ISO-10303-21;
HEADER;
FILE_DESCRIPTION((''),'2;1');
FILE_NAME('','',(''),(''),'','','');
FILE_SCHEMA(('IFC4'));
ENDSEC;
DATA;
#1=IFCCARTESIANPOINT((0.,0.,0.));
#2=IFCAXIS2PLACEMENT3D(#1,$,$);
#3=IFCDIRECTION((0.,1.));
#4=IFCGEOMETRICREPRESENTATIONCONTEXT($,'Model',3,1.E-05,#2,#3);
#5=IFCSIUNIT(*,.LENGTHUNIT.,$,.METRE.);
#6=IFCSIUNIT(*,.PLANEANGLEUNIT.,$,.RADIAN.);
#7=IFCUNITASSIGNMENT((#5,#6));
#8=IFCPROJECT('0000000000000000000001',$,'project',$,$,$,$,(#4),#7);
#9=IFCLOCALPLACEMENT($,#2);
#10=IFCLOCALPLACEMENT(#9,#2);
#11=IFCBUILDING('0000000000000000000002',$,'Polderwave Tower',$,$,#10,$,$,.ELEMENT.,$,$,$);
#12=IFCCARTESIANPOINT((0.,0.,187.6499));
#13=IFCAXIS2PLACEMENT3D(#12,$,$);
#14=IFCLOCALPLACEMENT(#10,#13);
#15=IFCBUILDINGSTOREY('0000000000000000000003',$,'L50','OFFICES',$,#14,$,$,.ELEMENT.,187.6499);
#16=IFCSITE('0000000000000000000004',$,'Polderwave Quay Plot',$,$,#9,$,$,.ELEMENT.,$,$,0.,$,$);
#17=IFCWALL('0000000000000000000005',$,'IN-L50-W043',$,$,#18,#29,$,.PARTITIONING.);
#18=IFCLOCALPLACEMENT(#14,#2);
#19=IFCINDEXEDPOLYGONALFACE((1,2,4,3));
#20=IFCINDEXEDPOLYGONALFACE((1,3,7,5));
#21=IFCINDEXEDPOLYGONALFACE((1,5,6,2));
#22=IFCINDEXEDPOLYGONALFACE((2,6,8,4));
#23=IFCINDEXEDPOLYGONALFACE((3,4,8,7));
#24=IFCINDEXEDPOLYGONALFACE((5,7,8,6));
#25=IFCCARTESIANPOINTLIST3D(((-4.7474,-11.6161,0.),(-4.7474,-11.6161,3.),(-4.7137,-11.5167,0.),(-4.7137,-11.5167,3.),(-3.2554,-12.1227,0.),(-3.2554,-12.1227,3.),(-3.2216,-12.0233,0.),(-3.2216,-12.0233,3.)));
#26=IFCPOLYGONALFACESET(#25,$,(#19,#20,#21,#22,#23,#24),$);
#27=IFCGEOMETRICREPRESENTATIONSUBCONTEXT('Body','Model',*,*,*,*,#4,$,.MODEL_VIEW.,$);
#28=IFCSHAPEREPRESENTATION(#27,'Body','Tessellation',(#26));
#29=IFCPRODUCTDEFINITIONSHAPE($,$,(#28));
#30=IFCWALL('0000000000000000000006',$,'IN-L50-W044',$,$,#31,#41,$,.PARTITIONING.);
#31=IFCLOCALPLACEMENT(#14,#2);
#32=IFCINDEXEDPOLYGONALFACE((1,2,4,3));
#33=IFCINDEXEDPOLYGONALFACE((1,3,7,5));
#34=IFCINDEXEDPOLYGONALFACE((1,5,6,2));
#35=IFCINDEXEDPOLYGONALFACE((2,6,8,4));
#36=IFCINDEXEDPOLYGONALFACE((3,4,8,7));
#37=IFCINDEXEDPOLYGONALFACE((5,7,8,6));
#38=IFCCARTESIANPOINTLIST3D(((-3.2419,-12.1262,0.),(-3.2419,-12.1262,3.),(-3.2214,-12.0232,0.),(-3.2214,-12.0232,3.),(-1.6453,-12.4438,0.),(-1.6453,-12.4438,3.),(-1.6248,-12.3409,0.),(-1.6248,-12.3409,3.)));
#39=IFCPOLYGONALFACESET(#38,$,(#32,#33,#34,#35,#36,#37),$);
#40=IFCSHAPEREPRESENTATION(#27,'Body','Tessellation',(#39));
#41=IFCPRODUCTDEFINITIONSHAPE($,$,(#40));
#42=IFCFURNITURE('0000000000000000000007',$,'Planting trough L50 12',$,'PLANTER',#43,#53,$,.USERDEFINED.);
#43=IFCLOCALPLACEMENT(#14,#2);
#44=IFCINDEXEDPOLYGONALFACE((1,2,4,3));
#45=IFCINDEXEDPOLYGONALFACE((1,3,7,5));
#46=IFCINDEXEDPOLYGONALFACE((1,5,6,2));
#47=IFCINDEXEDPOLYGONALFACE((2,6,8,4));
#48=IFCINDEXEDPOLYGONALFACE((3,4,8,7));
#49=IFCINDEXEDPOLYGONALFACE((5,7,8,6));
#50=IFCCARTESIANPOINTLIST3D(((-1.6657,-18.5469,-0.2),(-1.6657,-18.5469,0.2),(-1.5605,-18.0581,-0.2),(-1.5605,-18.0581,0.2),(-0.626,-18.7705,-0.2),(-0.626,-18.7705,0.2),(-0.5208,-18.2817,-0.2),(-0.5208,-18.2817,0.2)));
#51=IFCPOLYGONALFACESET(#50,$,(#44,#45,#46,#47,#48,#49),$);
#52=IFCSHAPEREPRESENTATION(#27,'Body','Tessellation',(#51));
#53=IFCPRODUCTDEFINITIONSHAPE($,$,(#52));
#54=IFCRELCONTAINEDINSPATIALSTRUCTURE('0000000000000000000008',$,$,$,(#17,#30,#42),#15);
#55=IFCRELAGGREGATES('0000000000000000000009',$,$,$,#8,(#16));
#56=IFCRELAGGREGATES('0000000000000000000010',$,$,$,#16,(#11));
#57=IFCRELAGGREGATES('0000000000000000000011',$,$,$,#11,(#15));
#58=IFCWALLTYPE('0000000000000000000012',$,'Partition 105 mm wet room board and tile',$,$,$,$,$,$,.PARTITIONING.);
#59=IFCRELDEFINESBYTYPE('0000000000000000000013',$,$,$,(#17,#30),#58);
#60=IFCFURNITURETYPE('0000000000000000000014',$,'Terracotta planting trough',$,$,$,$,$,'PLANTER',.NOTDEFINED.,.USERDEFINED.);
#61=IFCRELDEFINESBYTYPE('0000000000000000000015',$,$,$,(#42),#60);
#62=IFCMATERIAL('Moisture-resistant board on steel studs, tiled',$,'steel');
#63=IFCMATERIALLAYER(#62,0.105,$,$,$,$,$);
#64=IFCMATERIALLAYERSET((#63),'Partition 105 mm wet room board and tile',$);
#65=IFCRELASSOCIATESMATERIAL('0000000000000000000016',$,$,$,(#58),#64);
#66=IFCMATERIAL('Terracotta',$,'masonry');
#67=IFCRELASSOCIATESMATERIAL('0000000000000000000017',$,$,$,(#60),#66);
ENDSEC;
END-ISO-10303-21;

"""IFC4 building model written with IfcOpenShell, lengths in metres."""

from ifc_helpers import new_model, si_unit, direction, frame, frame_2d, origin, origin_2d, place, context, subcontext, project, spatial, rectangle, extrude, material, layer, layer_set, type_object, element, save


model = new_model("IFC4")

# Units and contexts
model_context = context("Model", 3, precision=1e-05, world=origin(), true_north=direction((0.0, 1.0)))
body_context = subcontext(model_context, "Body", "Model", "MODEL_VIEW")
ifc_project = project(units=[si_unit("LENGTHUNIT", "METRE"), si_unit("PLANEANGLEUNIT", "RADIAN")], contexts=[model_context])

# Site, building, storey
site_placement = place(None, origin())
site = spatial("IfcSite", under=ifc_project, at=site_placement, Name="Polderwave Quay Plot", CompositionType="ELEMENT", RefElevation=0.0)
building_placement = place(site_placement, origin())
building = spatial("IfcBuilding", under=site, at=building_placement, Name="Polderwave Tower", CompositionType="ELEMENT")
storey_placement = place(building_placement, frame((0.0, 0.0, 187.6499)))
storey = spatial("IfcBuildingStorey", under=building, at=storey_placement, Name="L50", Description="OFFICES", CompositionType="ELEMENT", Elevation=187.6499)

# Shared definitions
ifc_material_1 = material(Name="Moisture-resistant board on steel studs, tiled", Category="steel")
ifc_layer_1 = layer(ifc_material_1, 0.105)
ifc_layer_set_1 = layer_set([ifc_layer_1], Name="Partition 105 mm wet room board and tile")
wall_type_1 = type_object("IfcWallType", Name="Partition 105 mm wet room board and tile", PredefinedType="PARTITIONING", material=ifc_layer_set_1)

# Walls
wall_1_placement = place(storey_placement, frame((-3.2385, -12.073, 0.0), z_axis=(0.0, 0.0, 1.0), x_axis=(-0.946902, 0.321522, 0.0)))
element("IfcWall", 1, at=wall_1_placement, inside=storey, type_object=wall_type_1, Name="IN-L50-W043", PredefinedType="PARTITIONING", context=body_context, shape_type="SweptSolid", body=[
    extrude(rectangle(XDim=1.5757, YDim=0.105, at=frame_2d((0.7878, 0.0))), origin(), (0.0, 0.0, 1.0), 3.0),
])
wall_2_placement = place(storey_placement, frame((-1.635, -12.3923, 0.0), z_axis=(0.0, 0.0, 1.0), x_axis=(-0.980782, 0.195107, 0.0)))
element("IfcWall", 2, at=wall_2_placement, inside=storey, type_object=wall_type_1, Name="IN-L50-W044", PredefinedType="PARTITIONING", context=body_context, shape_type="SweptSolid", body=[
    extrude(rectangle(XDim=1.6279, YDim=0.105, at=frame_2d((0.814, 0.0))), origin(), (0.0, 0.0, 1.0), 3.0),
])

# Furniture
ifc_material_2 = material(Name="Terracotta", Category="masonry")
furniture_type = type_object("IfcFurnitureType", Name="Terracotta planting trough", ElementType="PLANTER", AssemblyPlace="NOTDEFINED", PredefinedType="USERDEFINED", material=ifc_material_2)
furniture_placement = place(storey_placement, frame((-1.0933, -18.4143, -0.2), z_axis=(0.0, 0.0, 1.0), x_axis=(0.977645, -0.21026, 0.0)))
element("IfcFurniture", 3, at=furniture_placement, inside=storey, type_object=furniture_type, Name="Planting trough L50 12", ObjectType="PLANTER", PredefinedType="USERDEFINED", context=body_context, shape_type="SweptSolid", body=[
    extrude(rectangle(XDim=1.0635, YDim=0.5, at=origin_2d()), origin(), (0.0, 0.0, 1.0), 0.3999),
])

save(model, "model.ifc")
